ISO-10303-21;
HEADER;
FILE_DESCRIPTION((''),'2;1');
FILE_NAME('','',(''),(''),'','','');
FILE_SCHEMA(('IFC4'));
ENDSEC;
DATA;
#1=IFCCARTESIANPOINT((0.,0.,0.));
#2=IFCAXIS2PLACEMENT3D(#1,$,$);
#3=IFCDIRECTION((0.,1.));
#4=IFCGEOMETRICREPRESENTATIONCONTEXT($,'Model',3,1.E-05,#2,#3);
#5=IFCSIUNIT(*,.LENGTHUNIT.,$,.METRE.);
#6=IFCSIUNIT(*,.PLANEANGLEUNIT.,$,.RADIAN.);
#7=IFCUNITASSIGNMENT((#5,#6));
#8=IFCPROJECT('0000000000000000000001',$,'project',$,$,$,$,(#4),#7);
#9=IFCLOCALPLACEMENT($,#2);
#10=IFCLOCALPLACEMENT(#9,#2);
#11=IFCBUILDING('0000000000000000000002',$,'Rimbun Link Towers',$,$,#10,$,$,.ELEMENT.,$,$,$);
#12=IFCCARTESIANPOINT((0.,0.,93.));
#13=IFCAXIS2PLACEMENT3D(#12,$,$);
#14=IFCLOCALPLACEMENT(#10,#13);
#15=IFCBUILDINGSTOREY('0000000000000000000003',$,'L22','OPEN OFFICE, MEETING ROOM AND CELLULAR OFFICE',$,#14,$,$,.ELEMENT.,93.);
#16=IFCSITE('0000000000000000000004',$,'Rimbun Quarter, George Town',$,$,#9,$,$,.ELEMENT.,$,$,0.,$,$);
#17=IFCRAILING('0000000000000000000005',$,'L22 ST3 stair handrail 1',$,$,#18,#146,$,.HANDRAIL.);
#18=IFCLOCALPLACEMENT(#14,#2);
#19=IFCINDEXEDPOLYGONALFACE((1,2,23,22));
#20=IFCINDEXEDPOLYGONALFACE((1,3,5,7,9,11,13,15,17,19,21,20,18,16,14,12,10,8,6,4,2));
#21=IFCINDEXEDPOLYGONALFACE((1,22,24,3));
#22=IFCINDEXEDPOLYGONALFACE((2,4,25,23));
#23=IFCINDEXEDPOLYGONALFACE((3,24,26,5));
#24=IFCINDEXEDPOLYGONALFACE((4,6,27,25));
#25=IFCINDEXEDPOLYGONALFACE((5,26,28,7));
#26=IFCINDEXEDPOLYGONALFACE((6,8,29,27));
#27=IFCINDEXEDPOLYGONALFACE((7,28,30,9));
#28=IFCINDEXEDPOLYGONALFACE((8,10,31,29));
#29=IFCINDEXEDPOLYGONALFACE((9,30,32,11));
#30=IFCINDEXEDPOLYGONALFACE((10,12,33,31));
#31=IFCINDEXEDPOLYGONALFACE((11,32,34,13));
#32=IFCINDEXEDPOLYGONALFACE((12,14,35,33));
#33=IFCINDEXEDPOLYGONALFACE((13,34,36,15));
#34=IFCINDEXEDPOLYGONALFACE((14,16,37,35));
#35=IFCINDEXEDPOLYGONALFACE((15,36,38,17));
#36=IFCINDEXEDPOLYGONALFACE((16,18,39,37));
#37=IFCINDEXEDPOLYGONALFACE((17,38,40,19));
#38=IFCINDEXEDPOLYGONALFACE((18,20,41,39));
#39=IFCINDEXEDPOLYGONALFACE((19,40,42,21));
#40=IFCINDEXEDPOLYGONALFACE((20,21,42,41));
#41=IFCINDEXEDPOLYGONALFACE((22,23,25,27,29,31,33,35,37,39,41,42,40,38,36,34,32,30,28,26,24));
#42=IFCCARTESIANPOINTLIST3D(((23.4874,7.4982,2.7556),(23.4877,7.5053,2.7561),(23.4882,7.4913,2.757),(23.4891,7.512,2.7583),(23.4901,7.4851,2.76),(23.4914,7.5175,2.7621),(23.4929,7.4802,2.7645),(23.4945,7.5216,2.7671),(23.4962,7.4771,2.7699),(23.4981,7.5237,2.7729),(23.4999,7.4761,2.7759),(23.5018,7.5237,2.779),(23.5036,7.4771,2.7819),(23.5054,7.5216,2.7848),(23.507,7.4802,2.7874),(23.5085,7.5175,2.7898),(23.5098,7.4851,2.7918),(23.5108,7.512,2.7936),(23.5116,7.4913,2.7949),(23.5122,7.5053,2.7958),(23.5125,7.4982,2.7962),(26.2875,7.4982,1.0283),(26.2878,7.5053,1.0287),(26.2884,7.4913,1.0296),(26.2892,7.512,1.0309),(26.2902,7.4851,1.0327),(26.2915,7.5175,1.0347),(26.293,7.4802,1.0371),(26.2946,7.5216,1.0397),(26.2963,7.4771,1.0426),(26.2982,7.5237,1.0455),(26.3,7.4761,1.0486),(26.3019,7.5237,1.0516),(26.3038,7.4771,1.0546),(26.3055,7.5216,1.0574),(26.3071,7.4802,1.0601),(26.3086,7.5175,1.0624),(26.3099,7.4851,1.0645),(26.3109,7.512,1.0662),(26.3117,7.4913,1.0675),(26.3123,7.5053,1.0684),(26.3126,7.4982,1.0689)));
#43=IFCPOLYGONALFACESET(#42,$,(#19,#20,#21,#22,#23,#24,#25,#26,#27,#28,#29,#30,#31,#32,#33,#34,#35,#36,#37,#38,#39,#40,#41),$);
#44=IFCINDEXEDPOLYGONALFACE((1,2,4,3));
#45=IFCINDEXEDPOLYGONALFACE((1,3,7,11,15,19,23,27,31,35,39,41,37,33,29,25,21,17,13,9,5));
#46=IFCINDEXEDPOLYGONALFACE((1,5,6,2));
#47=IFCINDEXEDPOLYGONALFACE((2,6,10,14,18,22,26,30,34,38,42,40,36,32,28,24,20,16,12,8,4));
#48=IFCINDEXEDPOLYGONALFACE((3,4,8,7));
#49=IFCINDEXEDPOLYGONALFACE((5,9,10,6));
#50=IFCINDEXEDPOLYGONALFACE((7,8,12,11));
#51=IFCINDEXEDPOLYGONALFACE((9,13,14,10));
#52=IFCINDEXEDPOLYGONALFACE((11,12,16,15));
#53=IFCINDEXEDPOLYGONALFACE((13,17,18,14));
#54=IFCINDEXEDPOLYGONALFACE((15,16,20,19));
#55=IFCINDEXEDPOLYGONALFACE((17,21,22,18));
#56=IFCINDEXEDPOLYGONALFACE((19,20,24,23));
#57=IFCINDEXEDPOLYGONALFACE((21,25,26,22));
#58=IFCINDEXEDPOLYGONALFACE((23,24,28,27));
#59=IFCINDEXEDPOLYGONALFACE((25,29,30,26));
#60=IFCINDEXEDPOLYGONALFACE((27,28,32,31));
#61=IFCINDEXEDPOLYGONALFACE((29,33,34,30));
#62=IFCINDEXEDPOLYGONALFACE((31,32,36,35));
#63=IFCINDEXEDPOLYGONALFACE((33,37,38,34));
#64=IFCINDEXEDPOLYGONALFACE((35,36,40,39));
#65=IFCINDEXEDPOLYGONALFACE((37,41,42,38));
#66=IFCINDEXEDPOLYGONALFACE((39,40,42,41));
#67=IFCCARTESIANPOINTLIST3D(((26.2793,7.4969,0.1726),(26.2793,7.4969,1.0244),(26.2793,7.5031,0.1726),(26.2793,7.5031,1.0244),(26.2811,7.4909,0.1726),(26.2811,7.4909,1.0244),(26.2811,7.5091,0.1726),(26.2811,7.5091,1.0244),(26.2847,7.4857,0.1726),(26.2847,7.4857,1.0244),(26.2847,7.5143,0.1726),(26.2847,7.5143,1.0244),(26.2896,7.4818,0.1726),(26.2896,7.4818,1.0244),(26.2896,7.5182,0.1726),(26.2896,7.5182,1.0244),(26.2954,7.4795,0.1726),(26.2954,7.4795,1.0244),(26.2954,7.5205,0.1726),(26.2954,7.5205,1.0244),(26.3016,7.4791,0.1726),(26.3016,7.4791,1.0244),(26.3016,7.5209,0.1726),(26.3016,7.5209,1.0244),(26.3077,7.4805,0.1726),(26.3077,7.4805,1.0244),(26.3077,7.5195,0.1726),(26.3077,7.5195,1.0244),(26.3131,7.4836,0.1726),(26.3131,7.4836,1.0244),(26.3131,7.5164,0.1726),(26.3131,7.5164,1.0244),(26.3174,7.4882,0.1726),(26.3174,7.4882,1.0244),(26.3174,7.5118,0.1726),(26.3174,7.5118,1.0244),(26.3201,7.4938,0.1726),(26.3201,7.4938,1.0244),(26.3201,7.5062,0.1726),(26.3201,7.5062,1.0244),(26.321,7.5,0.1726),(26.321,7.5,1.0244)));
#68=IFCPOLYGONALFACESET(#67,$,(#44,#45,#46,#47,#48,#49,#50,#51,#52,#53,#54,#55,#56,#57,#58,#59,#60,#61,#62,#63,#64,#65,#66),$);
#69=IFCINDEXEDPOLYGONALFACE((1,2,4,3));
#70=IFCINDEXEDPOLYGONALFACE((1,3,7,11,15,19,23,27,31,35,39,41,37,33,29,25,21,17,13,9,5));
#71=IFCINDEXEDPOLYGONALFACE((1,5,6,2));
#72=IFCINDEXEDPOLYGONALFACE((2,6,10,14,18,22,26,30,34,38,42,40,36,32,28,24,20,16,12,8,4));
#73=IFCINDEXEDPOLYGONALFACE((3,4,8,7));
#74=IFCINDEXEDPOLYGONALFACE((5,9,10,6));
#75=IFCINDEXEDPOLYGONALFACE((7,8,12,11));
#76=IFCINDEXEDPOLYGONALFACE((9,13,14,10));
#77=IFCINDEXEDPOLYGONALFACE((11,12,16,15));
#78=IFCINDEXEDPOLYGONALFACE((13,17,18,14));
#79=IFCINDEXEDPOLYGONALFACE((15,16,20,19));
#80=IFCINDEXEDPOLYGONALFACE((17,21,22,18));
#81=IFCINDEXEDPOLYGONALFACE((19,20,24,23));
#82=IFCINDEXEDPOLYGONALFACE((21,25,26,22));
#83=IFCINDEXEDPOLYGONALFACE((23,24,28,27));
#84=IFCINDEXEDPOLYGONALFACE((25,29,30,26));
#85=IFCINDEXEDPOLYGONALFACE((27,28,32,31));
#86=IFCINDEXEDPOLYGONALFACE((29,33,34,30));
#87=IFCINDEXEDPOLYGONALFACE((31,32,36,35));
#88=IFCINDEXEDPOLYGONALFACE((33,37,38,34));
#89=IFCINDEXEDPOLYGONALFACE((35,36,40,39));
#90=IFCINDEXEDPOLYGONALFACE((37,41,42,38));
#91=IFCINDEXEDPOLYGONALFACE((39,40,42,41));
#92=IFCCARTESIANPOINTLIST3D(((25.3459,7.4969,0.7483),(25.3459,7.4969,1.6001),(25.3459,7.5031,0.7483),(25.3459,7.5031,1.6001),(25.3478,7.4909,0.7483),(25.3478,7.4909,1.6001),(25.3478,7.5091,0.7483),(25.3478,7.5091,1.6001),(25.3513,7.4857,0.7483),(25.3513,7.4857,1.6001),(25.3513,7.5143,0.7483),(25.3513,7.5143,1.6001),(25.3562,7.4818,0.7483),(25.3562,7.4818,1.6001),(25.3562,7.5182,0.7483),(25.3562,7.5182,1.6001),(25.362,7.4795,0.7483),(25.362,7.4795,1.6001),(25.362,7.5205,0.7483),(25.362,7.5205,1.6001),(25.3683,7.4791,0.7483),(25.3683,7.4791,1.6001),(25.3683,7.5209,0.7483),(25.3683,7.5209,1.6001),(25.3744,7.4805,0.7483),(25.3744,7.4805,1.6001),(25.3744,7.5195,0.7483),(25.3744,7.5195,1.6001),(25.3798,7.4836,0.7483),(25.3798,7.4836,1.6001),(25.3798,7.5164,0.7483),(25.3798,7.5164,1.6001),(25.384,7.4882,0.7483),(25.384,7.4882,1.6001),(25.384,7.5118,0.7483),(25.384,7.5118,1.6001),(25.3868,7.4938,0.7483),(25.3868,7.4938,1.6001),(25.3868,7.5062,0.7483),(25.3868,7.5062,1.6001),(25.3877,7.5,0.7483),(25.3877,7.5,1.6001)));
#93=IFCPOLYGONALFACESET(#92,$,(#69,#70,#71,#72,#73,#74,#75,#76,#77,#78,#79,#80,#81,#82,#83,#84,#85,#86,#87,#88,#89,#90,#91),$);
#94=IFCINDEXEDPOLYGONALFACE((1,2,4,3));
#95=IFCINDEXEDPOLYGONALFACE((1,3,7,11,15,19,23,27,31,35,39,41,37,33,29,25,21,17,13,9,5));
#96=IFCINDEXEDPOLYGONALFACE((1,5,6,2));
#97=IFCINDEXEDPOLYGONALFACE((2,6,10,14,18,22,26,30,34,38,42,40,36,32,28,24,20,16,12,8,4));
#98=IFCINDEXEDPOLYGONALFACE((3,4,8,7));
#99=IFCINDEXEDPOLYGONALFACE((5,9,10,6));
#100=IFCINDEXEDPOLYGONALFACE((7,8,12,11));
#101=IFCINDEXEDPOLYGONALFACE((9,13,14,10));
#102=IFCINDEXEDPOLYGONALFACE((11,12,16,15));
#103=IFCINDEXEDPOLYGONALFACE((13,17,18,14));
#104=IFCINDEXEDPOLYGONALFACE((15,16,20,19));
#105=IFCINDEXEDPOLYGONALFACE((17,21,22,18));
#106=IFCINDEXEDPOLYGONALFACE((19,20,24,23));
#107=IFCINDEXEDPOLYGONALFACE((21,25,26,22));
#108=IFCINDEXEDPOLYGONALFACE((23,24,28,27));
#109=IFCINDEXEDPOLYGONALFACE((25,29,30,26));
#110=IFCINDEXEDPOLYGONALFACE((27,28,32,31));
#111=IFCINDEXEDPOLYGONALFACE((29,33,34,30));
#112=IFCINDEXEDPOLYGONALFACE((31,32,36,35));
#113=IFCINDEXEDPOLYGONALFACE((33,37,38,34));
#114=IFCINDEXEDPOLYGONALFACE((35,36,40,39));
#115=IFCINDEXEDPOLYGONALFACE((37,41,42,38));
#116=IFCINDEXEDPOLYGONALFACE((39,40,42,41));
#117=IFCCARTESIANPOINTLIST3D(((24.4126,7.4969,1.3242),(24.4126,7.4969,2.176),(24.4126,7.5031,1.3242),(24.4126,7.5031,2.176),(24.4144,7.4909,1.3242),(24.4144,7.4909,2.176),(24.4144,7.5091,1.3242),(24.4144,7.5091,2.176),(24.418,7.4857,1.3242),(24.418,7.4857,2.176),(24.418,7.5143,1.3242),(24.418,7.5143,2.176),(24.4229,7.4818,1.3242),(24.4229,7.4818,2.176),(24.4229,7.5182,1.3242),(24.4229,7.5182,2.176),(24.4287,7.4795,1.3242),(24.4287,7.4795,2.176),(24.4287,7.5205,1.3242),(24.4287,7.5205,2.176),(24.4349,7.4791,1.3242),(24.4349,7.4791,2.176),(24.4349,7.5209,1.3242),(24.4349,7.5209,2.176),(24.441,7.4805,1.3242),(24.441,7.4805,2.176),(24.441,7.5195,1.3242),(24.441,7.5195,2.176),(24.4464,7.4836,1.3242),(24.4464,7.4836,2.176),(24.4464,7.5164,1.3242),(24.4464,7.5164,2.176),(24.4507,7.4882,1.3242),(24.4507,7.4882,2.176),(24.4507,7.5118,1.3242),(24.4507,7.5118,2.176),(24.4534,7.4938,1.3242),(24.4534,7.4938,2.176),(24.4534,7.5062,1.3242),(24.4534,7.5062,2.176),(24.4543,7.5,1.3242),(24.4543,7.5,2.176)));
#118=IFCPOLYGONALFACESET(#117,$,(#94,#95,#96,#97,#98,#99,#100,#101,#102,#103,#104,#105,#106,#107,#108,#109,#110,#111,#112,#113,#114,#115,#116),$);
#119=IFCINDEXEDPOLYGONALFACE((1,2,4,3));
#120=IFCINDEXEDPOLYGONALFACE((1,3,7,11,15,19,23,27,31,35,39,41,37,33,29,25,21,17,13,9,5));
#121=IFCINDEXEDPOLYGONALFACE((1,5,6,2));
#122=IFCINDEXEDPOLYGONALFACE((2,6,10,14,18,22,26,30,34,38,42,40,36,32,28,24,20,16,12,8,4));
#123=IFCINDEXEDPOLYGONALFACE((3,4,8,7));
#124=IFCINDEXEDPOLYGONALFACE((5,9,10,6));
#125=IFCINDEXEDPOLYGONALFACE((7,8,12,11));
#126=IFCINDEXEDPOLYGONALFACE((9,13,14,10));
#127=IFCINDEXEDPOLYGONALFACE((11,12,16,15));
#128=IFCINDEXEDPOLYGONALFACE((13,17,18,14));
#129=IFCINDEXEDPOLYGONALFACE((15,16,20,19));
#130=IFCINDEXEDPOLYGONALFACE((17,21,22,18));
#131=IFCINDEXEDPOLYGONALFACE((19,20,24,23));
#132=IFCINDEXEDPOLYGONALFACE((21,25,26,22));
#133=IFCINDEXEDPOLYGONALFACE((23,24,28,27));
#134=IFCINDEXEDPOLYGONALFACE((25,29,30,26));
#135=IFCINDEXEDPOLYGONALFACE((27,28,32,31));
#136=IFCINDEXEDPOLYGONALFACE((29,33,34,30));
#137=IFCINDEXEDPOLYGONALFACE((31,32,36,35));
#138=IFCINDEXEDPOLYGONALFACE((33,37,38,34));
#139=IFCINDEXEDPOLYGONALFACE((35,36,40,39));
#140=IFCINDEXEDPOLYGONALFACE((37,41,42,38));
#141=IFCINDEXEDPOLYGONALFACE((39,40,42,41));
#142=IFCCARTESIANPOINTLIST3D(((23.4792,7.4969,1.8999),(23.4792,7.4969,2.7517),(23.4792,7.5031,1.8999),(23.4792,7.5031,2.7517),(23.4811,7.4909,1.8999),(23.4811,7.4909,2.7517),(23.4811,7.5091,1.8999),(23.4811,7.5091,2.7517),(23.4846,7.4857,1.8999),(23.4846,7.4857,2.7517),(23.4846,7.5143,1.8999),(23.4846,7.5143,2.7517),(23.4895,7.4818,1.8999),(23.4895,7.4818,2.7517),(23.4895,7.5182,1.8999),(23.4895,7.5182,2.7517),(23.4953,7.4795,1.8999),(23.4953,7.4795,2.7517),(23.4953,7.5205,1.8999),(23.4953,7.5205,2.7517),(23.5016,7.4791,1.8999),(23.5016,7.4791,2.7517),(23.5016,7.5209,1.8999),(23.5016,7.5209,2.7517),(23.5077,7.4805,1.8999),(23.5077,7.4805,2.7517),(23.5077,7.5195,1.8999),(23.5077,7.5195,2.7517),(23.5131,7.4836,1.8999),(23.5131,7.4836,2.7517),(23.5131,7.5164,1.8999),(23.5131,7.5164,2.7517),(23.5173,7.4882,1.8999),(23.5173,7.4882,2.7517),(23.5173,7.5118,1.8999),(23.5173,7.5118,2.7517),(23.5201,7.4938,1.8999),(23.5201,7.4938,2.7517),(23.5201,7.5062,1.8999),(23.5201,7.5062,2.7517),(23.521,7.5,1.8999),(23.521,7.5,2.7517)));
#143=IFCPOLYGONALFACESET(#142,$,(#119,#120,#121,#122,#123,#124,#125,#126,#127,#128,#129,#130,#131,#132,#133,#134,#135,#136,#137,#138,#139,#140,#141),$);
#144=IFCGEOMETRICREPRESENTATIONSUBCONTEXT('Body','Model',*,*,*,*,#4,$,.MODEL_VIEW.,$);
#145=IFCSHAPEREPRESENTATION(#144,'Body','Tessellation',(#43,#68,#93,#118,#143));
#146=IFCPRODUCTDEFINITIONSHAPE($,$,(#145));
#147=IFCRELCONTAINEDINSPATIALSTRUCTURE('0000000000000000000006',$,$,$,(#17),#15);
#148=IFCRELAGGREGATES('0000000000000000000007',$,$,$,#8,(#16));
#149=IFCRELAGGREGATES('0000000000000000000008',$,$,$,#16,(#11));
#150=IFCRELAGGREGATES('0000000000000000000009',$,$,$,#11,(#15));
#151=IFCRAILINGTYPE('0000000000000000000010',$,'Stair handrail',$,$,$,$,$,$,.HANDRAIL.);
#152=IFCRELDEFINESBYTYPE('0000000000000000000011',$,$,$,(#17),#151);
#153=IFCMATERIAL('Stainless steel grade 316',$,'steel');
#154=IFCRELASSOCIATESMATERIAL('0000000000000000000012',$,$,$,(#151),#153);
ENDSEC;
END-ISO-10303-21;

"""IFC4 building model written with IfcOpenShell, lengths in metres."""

from ifc_helpers import new_model, si_unit, direction, frame, origin, origin_2d, place, context, subcontext, project, spatial, circle, extrude, material, type_object, element, save


model = new_model("IFC4")

# Units and contexts
model_context = context("Model", 3, precision=1e-05, world=origin(), true_north=direction((0.0, 1.0)))
body_context = subcontext(model_context, "Body", "Model", "MODEL_VIEW")
ifc_project = project(units=[si_unit("LENGTHUNIT", "METRE"), si_unit("PLANEANGLEUNIT", "RADIAN")], contexts=[model_context])

# Site, building, storey
site_placement = place(None, origin())
site = spatial("IfcSite", under=ifc_project, at=site_placement, Name="Rimbun Quarter, George Town", CompositionType="ELEMENT", RefElevation=0.0)
building_placement = place(site_placement, origin())
building = spatial("IfcBuilding", under=site, at=building_placement, Name="Rimbun Link Towers", CompositionType="ELEMENT")
storey_placement = place(building_placement, frame((0.0, 0.0, 93.0)))
storey = spatial("IfcBuildingStorey", under=building, at=storey_placement, Name="L22", Description="OPEN OFFICE, MEETING ROOM AND CELLULAR OFFICE", CompositionType="ELEMENT", Elevation=93.0)

# Railing
ifc_material_1 = material(Name="Stainless steel grade 316", Category="steel")
railing_type_1 = type_object("IfcRailingType", Name="Stair handrail", PredefinedType="HANDRAIL", material=ifc_material_1)
railing_1_placement = place(storey_placement, frame((26.3, 7.5, 0.1726)))
element("IfcRailing", 1, at=railing_1_placement, inside=storey, type_object=railing_type_1, Name="L22 ST3 stair handrail 1", PredefinedType="HANDRAIL", context=body_context, shape_type="SweptSolid", body=[
    extrude(circle(Radius=0.0239, at=origin_2d()), frame((0.0, 0.0, 0.876), z_axis=(-0.85109, 0.0, 0.52502), x_axis=(0.0, -1.0, 0.0)), (0.0, 0.0, 1.0), 3.29),
    extrude(circle(Radius=0.021, at=origin_2d()), origin(), (0.0, 0.0, 1.0), 0.8518),
    extrude(circle(Radius=0.021, at=origin_2d()), frame((-0.9333, 0.0, 0.5757)), (0.0, 0.0, 1.0), 0.8518),
    extrude(circle(Radius=0.021, at=origin_2d()), frame((-1.8667, 0.0, 1.1516)), (0.0, 0.0, 1.0), 0.8518),
    extrude(circle(Radius=0.021, at=origin_2d()), frame((-2.8, 0.0, 1.7273)), (0.0, 0.0, 1.0), 0.8518),
])

save(model, "model.ifc")
